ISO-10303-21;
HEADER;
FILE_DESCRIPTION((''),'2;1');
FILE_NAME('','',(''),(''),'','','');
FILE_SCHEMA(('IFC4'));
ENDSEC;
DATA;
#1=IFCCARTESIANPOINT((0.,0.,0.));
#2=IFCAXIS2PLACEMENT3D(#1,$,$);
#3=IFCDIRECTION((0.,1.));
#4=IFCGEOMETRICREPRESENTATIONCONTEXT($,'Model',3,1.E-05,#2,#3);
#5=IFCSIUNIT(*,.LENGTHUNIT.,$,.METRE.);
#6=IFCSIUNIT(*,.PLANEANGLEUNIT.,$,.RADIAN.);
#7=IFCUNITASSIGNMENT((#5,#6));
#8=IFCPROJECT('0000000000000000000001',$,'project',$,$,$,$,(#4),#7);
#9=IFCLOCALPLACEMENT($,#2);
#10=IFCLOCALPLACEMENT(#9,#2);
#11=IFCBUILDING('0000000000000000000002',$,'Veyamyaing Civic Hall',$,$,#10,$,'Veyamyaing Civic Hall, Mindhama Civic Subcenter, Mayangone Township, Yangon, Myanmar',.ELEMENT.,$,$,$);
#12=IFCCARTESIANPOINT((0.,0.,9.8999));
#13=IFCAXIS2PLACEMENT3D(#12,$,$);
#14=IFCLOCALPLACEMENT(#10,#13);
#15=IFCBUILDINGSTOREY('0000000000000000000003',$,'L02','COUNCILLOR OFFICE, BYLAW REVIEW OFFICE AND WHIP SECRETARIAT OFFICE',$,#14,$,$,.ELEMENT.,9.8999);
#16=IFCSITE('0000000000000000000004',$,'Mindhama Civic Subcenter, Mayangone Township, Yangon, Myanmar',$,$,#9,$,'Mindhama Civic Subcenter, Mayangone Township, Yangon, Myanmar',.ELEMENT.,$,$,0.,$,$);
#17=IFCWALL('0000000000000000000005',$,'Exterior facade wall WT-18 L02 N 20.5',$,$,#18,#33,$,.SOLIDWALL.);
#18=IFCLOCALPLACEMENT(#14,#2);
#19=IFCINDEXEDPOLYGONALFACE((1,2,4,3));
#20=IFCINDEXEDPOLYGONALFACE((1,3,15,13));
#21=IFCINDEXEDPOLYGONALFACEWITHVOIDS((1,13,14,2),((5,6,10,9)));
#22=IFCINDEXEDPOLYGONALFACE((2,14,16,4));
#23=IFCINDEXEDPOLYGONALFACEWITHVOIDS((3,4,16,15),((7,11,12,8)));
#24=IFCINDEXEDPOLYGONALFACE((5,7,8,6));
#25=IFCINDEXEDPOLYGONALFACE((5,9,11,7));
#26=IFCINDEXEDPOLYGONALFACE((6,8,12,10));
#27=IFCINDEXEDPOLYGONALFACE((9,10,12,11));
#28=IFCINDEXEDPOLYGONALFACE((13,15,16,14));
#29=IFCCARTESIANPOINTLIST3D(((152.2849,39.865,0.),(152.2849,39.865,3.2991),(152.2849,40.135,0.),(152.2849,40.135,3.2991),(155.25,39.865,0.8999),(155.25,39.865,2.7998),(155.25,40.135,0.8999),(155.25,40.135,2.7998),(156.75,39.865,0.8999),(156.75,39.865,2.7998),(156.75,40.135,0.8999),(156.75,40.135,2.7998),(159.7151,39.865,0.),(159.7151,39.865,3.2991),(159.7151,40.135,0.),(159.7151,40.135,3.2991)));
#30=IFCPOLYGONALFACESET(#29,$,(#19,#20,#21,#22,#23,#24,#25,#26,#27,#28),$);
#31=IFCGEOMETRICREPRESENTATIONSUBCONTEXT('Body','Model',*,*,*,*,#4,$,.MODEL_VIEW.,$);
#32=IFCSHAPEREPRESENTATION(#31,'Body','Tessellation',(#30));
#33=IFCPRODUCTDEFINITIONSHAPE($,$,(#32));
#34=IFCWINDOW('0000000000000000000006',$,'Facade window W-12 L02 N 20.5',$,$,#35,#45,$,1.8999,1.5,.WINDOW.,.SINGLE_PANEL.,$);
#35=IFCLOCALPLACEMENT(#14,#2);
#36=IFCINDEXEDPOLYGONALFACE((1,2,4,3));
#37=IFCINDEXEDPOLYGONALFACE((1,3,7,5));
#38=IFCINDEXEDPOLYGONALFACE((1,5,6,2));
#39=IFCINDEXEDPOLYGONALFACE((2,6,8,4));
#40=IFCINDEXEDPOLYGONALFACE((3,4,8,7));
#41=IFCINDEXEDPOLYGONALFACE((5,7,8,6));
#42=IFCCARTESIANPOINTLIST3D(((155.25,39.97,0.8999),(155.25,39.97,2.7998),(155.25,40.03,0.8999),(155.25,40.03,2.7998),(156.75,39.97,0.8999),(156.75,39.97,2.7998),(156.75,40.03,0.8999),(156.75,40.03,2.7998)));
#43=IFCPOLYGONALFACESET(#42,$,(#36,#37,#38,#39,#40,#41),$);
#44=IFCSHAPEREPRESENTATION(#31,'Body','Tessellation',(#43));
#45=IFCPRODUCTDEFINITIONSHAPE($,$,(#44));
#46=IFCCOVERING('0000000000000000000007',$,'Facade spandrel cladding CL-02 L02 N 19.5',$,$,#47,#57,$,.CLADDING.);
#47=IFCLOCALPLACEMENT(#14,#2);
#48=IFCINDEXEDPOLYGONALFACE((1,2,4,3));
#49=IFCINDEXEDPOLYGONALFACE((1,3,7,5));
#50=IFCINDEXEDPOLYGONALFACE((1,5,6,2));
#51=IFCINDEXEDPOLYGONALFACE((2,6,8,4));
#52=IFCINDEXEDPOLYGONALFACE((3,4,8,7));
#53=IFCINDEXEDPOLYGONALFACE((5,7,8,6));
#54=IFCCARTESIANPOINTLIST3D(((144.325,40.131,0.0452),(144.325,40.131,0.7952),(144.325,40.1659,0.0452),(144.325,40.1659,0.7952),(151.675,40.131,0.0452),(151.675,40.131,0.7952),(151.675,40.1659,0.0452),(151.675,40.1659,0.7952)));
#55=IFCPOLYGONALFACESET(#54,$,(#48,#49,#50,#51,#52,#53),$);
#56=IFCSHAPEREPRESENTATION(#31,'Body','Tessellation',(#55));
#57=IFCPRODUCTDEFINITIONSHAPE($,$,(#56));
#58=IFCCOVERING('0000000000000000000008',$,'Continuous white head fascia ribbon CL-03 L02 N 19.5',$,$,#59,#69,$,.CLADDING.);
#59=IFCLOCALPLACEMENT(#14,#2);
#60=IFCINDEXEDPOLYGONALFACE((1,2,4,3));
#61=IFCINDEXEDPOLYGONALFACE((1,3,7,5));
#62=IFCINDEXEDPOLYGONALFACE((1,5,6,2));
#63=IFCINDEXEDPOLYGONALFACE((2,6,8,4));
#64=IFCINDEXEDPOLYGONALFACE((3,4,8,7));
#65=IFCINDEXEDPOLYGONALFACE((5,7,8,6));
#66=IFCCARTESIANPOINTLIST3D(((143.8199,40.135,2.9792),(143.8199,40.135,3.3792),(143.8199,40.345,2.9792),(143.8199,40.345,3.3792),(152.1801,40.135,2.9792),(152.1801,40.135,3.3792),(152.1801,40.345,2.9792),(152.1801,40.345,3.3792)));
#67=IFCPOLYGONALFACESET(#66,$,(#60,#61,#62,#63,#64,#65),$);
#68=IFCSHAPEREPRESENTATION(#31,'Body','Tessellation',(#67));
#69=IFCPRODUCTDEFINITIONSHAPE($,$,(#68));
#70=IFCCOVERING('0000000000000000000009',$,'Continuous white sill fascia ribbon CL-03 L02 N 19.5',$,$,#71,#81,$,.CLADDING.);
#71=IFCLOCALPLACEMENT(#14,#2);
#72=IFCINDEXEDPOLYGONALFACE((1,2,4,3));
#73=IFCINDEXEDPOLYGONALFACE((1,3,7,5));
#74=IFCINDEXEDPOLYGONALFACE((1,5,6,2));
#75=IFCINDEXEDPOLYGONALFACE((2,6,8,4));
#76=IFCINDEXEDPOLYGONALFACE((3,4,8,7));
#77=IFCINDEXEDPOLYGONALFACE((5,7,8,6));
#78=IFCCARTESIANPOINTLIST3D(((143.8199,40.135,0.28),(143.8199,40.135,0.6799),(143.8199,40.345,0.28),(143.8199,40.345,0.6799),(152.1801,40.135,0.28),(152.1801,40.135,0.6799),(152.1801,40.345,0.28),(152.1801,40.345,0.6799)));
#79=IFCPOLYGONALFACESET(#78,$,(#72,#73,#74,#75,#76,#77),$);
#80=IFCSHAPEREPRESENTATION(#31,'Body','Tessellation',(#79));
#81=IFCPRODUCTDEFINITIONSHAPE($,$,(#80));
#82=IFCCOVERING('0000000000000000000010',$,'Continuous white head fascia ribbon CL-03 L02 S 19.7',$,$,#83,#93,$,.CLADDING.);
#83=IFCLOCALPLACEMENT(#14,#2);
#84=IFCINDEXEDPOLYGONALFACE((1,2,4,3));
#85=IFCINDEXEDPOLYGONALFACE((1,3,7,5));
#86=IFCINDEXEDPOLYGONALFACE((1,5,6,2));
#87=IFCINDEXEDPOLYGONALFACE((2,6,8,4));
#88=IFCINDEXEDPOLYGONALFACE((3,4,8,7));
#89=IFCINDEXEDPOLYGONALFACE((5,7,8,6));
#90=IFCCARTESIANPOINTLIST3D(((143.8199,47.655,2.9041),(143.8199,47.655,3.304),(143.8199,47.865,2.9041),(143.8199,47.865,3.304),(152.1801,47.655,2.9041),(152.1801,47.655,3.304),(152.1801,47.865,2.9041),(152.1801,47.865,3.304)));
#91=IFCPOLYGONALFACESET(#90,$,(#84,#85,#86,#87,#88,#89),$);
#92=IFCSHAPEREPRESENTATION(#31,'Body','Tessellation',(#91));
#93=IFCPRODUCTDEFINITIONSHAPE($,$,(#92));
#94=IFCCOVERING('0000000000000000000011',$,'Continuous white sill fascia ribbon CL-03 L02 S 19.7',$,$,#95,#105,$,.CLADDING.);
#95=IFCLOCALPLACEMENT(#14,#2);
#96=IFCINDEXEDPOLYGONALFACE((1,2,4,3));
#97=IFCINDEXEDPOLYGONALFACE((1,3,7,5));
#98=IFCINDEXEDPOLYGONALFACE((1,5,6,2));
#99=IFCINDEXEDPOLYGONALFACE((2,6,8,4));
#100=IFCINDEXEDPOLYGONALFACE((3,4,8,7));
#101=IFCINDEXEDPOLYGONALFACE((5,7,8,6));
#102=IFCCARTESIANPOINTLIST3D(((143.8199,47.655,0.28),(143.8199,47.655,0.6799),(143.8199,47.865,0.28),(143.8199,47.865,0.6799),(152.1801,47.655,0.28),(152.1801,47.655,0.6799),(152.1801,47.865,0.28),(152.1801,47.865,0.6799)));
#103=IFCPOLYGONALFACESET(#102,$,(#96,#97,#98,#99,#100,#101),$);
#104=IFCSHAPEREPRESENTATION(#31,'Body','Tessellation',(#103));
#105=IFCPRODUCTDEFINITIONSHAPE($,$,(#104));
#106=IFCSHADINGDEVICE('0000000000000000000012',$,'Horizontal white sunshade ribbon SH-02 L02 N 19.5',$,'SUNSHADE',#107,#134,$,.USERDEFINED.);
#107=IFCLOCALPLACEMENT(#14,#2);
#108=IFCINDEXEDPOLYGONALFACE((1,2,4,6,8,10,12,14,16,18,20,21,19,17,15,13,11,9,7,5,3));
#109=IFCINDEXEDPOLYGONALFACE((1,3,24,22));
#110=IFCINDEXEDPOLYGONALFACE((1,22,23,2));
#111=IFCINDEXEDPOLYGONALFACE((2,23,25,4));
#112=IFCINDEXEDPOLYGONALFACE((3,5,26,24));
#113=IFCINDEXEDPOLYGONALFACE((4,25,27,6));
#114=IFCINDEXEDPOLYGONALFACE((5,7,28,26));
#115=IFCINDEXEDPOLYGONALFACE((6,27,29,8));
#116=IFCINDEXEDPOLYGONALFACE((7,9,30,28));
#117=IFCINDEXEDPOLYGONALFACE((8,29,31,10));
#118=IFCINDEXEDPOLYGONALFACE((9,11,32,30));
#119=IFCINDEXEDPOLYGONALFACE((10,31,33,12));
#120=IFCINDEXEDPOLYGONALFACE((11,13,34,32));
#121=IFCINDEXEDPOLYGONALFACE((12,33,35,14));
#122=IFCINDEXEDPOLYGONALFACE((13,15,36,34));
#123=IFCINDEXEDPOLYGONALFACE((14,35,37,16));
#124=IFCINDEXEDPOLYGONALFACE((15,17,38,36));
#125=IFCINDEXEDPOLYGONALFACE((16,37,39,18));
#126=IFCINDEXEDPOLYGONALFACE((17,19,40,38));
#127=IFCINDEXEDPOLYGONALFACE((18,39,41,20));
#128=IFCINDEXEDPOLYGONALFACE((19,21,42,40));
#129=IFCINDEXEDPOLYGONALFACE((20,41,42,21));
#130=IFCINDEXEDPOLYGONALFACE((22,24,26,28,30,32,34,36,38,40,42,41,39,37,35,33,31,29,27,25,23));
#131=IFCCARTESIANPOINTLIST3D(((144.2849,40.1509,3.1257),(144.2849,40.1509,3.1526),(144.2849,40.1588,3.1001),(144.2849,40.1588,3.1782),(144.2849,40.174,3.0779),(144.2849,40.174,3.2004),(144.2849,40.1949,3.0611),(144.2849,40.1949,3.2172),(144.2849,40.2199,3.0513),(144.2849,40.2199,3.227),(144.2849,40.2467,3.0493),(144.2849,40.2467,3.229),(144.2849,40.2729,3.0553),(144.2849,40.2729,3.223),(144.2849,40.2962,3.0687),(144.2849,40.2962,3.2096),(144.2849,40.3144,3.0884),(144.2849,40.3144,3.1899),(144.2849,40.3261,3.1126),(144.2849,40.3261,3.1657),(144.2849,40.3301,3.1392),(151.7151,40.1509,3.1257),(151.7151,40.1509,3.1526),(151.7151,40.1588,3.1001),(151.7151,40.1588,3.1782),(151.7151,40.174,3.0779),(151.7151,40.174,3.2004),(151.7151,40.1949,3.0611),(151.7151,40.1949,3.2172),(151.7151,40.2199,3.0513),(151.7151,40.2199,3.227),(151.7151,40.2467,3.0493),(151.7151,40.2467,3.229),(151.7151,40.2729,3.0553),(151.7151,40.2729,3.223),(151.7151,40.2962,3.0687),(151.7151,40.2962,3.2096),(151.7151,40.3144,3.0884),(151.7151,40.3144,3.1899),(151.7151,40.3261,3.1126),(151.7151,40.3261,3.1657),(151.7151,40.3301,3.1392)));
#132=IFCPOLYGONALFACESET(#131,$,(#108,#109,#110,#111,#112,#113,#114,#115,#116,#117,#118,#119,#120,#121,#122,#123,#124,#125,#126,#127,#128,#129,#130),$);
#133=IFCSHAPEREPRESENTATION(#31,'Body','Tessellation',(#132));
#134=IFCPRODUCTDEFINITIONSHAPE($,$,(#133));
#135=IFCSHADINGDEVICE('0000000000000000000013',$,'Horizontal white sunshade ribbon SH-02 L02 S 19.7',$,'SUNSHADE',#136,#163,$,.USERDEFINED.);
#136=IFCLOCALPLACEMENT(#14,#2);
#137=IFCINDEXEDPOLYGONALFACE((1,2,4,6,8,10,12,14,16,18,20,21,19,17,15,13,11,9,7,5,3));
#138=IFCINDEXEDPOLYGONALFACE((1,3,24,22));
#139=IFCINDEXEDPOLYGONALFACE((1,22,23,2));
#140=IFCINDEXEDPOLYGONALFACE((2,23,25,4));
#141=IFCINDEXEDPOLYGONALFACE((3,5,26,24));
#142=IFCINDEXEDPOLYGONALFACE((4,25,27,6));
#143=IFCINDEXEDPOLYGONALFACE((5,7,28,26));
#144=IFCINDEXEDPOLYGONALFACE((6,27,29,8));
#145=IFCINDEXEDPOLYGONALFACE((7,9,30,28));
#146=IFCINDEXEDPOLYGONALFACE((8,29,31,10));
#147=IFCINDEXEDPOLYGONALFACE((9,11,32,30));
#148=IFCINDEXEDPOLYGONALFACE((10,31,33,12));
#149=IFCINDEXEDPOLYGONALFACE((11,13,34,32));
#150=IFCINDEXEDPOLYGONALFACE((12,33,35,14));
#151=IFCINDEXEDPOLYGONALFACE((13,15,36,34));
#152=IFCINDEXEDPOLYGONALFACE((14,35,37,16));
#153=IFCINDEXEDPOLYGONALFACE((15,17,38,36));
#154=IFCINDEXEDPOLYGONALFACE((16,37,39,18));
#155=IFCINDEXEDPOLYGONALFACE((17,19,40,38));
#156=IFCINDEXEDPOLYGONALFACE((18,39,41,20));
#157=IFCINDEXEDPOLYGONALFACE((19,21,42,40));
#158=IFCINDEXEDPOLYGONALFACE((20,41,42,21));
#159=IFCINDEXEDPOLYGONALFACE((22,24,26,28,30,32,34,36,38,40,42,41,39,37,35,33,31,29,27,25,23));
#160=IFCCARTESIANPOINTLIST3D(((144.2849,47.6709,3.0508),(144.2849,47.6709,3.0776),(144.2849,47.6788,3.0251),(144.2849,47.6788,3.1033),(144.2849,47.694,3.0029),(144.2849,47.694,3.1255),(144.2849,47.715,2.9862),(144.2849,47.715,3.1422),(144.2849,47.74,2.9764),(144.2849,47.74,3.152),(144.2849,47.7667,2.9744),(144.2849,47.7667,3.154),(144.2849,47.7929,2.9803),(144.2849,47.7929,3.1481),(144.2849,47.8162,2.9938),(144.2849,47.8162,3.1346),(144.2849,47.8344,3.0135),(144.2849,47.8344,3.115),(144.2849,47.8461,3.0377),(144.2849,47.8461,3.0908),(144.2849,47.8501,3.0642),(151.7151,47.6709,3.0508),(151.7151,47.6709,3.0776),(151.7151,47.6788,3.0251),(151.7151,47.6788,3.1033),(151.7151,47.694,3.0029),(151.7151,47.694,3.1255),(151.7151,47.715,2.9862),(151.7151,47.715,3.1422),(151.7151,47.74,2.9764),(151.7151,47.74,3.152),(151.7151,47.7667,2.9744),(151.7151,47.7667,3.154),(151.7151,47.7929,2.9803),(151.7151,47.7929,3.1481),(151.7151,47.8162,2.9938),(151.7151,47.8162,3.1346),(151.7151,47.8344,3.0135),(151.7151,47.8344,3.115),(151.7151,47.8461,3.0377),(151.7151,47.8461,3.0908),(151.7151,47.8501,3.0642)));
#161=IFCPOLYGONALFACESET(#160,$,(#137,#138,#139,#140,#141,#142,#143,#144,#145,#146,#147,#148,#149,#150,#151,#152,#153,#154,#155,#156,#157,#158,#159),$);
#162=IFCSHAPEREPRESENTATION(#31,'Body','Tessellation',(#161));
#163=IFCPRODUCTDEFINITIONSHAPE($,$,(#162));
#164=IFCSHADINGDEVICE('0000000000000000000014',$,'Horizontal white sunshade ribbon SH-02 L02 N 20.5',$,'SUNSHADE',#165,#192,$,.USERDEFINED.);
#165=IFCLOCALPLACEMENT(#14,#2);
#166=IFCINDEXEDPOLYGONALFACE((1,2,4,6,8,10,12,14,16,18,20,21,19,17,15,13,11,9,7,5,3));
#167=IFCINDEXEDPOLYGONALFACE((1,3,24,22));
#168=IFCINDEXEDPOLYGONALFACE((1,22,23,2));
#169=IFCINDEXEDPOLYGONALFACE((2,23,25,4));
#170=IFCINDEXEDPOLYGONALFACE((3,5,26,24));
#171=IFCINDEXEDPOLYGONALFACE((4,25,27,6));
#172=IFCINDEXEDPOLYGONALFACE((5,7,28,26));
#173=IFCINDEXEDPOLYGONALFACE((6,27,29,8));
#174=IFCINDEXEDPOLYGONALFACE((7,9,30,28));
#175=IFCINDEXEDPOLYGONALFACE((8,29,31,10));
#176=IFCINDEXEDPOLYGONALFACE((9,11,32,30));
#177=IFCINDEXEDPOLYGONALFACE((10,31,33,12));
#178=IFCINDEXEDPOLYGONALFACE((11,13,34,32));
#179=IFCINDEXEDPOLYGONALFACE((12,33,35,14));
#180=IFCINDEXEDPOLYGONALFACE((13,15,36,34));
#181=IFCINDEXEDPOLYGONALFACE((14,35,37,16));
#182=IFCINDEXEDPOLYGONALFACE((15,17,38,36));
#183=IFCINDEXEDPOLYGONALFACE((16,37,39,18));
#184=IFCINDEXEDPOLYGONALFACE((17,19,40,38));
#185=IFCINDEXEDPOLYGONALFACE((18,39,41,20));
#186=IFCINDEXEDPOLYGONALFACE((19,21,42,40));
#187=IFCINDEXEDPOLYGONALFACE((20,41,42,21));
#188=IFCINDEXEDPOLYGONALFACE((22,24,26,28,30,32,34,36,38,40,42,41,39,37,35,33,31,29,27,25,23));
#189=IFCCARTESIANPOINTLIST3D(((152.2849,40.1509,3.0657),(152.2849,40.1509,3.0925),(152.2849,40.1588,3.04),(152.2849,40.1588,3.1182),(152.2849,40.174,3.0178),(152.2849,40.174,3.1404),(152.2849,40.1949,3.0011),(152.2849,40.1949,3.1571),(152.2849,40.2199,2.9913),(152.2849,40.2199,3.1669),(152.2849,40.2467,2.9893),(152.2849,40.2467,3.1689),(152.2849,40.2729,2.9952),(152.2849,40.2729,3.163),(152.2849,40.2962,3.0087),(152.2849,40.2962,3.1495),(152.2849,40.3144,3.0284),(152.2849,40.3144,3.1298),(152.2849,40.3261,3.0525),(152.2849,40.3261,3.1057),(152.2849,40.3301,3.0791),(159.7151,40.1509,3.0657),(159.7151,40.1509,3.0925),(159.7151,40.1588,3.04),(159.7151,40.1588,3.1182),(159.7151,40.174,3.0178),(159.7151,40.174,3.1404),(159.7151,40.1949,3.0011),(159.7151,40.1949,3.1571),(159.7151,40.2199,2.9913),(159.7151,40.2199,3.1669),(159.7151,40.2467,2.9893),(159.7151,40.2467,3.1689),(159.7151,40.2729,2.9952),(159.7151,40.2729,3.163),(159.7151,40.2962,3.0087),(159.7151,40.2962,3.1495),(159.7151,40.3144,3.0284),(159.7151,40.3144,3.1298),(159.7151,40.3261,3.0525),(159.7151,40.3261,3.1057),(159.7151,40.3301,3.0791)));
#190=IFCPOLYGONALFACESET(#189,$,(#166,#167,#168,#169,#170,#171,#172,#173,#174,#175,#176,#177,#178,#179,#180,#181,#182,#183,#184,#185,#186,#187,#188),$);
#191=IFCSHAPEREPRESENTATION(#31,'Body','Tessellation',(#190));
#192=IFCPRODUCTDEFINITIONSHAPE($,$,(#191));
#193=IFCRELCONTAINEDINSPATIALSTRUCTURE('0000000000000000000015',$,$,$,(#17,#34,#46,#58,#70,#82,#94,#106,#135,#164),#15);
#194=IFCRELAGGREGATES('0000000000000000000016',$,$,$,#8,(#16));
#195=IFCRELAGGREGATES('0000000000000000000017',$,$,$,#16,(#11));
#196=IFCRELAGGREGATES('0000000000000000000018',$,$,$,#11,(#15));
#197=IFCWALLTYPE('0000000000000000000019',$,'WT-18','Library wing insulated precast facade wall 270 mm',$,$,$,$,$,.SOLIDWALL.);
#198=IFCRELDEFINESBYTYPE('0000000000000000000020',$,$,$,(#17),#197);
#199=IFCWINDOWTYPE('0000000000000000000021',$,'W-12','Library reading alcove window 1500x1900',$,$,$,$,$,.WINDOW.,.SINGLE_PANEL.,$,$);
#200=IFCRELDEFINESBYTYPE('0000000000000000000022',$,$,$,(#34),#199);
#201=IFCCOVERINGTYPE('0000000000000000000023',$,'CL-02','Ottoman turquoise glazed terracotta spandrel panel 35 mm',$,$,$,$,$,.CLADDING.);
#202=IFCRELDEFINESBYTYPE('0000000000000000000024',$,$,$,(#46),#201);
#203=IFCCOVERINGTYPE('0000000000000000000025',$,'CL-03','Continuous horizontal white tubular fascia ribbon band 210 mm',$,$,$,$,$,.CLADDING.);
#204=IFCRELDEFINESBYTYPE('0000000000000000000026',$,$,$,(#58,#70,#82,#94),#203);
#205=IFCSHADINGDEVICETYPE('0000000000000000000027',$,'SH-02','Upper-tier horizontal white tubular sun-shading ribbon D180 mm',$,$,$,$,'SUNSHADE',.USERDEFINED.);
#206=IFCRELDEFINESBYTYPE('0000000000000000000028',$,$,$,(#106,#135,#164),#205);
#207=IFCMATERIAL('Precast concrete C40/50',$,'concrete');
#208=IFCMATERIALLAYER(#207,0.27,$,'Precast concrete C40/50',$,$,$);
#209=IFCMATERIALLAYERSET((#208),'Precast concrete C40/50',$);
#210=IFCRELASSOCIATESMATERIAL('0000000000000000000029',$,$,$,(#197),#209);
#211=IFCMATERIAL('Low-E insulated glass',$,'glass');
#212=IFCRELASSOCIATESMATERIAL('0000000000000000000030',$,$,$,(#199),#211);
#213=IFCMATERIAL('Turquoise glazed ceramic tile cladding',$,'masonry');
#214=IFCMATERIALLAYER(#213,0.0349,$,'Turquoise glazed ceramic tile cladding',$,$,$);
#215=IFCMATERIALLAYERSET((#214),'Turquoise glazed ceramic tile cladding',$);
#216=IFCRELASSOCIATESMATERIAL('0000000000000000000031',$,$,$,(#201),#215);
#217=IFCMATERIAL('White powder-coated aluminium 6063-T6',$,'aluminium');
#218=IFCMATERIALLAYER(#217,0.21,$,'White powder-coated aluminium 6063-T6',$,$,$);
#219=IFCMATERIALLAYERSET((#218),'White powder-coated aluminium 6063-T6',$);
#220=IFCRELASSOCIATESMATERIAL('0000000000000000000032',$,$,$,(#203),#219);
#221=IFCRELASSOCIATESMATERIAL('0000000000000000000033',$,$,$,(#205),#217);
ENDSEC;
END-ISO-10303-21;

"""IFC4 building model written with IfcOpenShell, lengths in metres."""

from ifc_helpers import new_model, si_unit, direction, frame, frame_2d, origin, origin_2d, place, context, subcontext, project, spatial, rectangle, circle, extrude, material, layer, layer_set, material_profile, profile_set, type_object, element, fill, save


model = new_model("IFC4")

# Units and contexts
model_context = context("Model", 3, precision=1e-05, world=origin(), true_north=direction((0.0, 1.0)))
body_context = subcontext(model_context, "Body", "Model", "MODEL_VIEW")
ifc_project = project(units=[si_unit("LENGTHUNIT", "METRE"), si_unit("PLANEANGLEUNIT", "RADIAN")], contexts=[model_context])

# Site, building, storey
site_placement = place(None, origin())
site = spatial("IfcSite", under=ifc_project, at=site_placement, Name="Mindhama Civic Subcenter, Mayangone Township, Yangon, Myanmar", LongName="Mindhama Civic Subcenter, Mayangone Township, Yangon, Myanmar", CompositionType="ELEMENT", RefElevation=0.0)
building_placement = place(site_placement, origin())
building = spatial("IfcBuilding", under=site, at=building_placement, Name="Veyamyaing Civic Hall", LongName="Veyamyaing Civic Hall, Mindhama Civic Subcenter, Mayangone Township, Yangon, Myanmar", CompositionType="ELEMENT")
storey_placement = place(building_placement, frame((0.0, 0.0, 9.8999)))
storey = spatial("IfcBuildingStorey", under=building, at=storey_placement, Name="L02", Description="COUNCILLOR OFFICE, BYLAW REVIEW OFFICE AND WHIP SECRETARIAT OFFICE", CompositionType="ELEMENT", Elevation=9.8999)

# Shared definitions
ifc_material_1 = material(Name="Low-E insulated glass", Category="glass")

# Wall, opening, window
ifc_material_2 = material(Name="Precast concrete C40/50", Category="concrete")
ifc_layer_1 = layer(ifc_material_2, 0.27, Name="Precast concrete C40/50")
ifc_layer_set_1 = layer_set([ifc_layer_1], Name="Precast concrete C40/50")
wall_type = type_object("IfcWallType", Name="WT-18", Description="Library wing insulated precast facade wall 270 mm", PredefinedType="SOLIDWALL", material=ifc_layer_set_1)
wall_1_placement = place(storey_placement, frame((152.2849, 40.0, 0.0), z_axis=(0.0, 0.0, 1.0), x_axis=(1.0, 0.0, 0.0)))
wall_1 = element("IfcWall", 1, at=wall_1_placement, inside=storey, type_object=wall_type, Name="Exterior facade wall WT-18 L02 N 20.5", PredefinedType="SOLIDWALL", context=body_context, shape_type="SweptSolid", body=[
    extrude(rectangle(XDim=7.4302, YDim=0.27, at=frame_2d((3.7151, 0.0))), origin(), (0.0, 0.0, 1.0), 3.2991),
])
opening_1_placement = place(wall_1_placement, frame((2.9651, 0.0, 0.8999)))
opening_1 = element("IfcOpeningElement", 2, at=opening_1_placement, cuts=wall_1, PredefinedType="OPENING", context=body_context, shape_type="SweptSolid", body=[
    extrude(rectangle(XDim=1.5, YDim=1.8999, at=frame_2d((0.75, 0.95))), frame((0.0, 0.145, 0.0), z_axis=(0.0, -1.0, 0.0), x_axis=(1.0, 0.0, 0.0)), (0.0, 0.0, 1.0), 0.29),
])
window_type_1 = type_object("IfcWindowType", Name="W-12", Description="Library reading alcove window 1500x1900", PartitioningType="SINGLE_PANEL", PredefinedType="WINDOW", material=ifc_material_1)
window_1_placement = place(opening_1_placement, origin())
window_1 = element("IfcWindow", 3, at=window_1_placement, inside=storey, type_object=window_type_1, Name="Facade window W-12 L02 N 20.5", OverallHeight=1.8999, OverallWidth=1.5, PartitioningType="SINGLE_PANEL", PredefinedType="WINDOW", context=body_context, shape_type="SweptSolid", body=[
    extrude(rectangle(XDim=1.5, YDim=1.8999, at=frame_2d((0.75, 0.95))), frame((0.0, 0.03, 0.0), z_axis=(0.0, -1.0, 0.0), x_axis=(1.0, 0.0, 0.0)), (0.0, 0.0, 1.0), 0.0601),
])
fill(opening_1, window_1)

# Coverings
ifc_material_3 = material(Name="Turquoise glazed ceramic tile cladding", Category="masonry")
ifc_layer_2 = layer(ifc_material_3, 0.0349, Name="Turquoise glazed ceramic tile cladding")
ifc_layer_set_2 = layer_set([ifc_layer_2], Name="Turquoise glazed ceramic tile cladding")
covering_type_1 = type_object("IfcCoveringType", Name="CL-02", Description="Ottoman turquoise glazed terracotta spandrel panel 35 mm", PredefinedType="CLADDING", material=ifc_layer_set_2)
covering_placement = place(storey_placement, frame((148.0, 40.1484, 0.0452), z_axis=(0.0, 0.0, 1.0), x_axis=(1.0, 0.0, 0.0)))
element("IfcCovering", 4, at=covering_placement, inside=storey, type_object=covering_type_1, Name="Facade spandrel cladding CL-02 L02 N 19.5", PredefinedType="CLADDING", context=body_context, shape_type="SweptSolid", body=[
    extrude(rectangle(XDim=7.3501, YDim=0.0349, at=origin_2d()), origin(), (0.0, 0.0, 1.0), 0.75),
])
ifc_material_4 = material(Name="White powder-coated aluminium 6063-T6", Category="aluminium")
ifc_layer_3 = layer(ifc_material_4, 0.21, Name="White powder-coated aluminium 6063-T6")
ifc_layer_set_3 = layer_set([ifc_layer_3], Name="White powder-coated aluminium 6063-T6")
covering_type_2 = type_object("IfcCoveringType", Name="CL-03", Description="Continuous horizontal white tubular fascia ribbon band 210 mm", PredefinedType="CLADDING", material=ifc_layer_set_3)
for number, where, z_axis, x_axis, name in (
    (5, (148.0, 40.24, 2.9792), (0.0, 0.0, 1.0), (1.0, 0.0, 0.0), "Continuous white head fascia ribbon CL-03 L02 N 19.5"),
    (6, (148.0, 40.24, 0.28), (0.0, 0.0, 1.0), (1.0, 0.0, 0.0), "Continuous white sill fascia ribbon CL-03 L02 N 19.5"),
    (7, (148.0, 47.76, 2.9041), (0.0, 0.0, 1.0), (1.0, 0.0, 0.0), "Continuous white head fascia ribbon CL-03 L02 S 19.7"),
    (8, (148.0, 47.76, 0.28), (0.0, 0.0, 1.0), (1.0, 0.0, 0.0), "Continuous white sill fascia ribbon CL-03 L02 S 19.7"),
):
    element("IfcCovering", number, at=place(storey_placement, frame(where, z_axis=z_axis, x_axis=x_axis)), inside=storey, type_object=covering_type_2, Name=name, PredefinedType="CLADDING", context=body_context, shape_type="SweptSolid", body=[
        extrude(rectangle(XDim=8.3601, YDim=0.21, at=origin_2d()), origin(), (0.0, 0.0, 1.0), 0.3999),
    ])

# Shading devices
ifc_material_profile_1 = material_profile(ifc_material_4, circle(Radius=0.0901, at=origin_2d()), Name="SHADE-TUBE-180")
ifc_profile_set_1 = profile_set([ifc_material_profile_1], Name="White powder-coated aluminium 6063-T6")
shading_device_type = type_object("IfcShadingDeviceType", Name="SH-02", Description="Upper-tier horizontal white tubular sun-shading ribbon D180 mm", ElementType="SUNSHADE", PredefinedType="USERDEFINED", material=ifc_profile_set_1)
for number, where, z_axis, x_axis, name in (
    (9, (144.2849, 40.24, 3.1392), (1.0, 0.0, 0.0), (0.0, 1.0, 0.0), "Horizontal white sunshade ribbon SH-02 L02 N 19.5"),
    (10, (144.2849, 47.76, 3.0642), (1.0, 0.0, 0.0), (0.0, 1.0, 0.0), "Horizontal white sunshade ribbon SH-02 L02 S 19.7"),
    (11, (152.2849, 40.24, 3.0791), (1.0, 0.0, 0.0), (0.0, 1.0, 0.0), "Horizontal white sunshade ribbon SH-02 L02 N 20.5"),
):
    element("IfcShadingDevice", number, at=place(storey_placement, frame(where, z_axis=z_axis, x_axis=x_axis)), inside=storey, type_object=shading_device_type, Name=name, ObjectType="SUNSHADE", PredefinedType="USERDEFINED", context=body_context, shape_type="SweptSolid", body=[
        extrude(circle(Radius=0.0901, at=origin_2d()), origin(), (0.0, 0.0, 1.0), 7.4302),
    ])

save(model, "model.ifc")
